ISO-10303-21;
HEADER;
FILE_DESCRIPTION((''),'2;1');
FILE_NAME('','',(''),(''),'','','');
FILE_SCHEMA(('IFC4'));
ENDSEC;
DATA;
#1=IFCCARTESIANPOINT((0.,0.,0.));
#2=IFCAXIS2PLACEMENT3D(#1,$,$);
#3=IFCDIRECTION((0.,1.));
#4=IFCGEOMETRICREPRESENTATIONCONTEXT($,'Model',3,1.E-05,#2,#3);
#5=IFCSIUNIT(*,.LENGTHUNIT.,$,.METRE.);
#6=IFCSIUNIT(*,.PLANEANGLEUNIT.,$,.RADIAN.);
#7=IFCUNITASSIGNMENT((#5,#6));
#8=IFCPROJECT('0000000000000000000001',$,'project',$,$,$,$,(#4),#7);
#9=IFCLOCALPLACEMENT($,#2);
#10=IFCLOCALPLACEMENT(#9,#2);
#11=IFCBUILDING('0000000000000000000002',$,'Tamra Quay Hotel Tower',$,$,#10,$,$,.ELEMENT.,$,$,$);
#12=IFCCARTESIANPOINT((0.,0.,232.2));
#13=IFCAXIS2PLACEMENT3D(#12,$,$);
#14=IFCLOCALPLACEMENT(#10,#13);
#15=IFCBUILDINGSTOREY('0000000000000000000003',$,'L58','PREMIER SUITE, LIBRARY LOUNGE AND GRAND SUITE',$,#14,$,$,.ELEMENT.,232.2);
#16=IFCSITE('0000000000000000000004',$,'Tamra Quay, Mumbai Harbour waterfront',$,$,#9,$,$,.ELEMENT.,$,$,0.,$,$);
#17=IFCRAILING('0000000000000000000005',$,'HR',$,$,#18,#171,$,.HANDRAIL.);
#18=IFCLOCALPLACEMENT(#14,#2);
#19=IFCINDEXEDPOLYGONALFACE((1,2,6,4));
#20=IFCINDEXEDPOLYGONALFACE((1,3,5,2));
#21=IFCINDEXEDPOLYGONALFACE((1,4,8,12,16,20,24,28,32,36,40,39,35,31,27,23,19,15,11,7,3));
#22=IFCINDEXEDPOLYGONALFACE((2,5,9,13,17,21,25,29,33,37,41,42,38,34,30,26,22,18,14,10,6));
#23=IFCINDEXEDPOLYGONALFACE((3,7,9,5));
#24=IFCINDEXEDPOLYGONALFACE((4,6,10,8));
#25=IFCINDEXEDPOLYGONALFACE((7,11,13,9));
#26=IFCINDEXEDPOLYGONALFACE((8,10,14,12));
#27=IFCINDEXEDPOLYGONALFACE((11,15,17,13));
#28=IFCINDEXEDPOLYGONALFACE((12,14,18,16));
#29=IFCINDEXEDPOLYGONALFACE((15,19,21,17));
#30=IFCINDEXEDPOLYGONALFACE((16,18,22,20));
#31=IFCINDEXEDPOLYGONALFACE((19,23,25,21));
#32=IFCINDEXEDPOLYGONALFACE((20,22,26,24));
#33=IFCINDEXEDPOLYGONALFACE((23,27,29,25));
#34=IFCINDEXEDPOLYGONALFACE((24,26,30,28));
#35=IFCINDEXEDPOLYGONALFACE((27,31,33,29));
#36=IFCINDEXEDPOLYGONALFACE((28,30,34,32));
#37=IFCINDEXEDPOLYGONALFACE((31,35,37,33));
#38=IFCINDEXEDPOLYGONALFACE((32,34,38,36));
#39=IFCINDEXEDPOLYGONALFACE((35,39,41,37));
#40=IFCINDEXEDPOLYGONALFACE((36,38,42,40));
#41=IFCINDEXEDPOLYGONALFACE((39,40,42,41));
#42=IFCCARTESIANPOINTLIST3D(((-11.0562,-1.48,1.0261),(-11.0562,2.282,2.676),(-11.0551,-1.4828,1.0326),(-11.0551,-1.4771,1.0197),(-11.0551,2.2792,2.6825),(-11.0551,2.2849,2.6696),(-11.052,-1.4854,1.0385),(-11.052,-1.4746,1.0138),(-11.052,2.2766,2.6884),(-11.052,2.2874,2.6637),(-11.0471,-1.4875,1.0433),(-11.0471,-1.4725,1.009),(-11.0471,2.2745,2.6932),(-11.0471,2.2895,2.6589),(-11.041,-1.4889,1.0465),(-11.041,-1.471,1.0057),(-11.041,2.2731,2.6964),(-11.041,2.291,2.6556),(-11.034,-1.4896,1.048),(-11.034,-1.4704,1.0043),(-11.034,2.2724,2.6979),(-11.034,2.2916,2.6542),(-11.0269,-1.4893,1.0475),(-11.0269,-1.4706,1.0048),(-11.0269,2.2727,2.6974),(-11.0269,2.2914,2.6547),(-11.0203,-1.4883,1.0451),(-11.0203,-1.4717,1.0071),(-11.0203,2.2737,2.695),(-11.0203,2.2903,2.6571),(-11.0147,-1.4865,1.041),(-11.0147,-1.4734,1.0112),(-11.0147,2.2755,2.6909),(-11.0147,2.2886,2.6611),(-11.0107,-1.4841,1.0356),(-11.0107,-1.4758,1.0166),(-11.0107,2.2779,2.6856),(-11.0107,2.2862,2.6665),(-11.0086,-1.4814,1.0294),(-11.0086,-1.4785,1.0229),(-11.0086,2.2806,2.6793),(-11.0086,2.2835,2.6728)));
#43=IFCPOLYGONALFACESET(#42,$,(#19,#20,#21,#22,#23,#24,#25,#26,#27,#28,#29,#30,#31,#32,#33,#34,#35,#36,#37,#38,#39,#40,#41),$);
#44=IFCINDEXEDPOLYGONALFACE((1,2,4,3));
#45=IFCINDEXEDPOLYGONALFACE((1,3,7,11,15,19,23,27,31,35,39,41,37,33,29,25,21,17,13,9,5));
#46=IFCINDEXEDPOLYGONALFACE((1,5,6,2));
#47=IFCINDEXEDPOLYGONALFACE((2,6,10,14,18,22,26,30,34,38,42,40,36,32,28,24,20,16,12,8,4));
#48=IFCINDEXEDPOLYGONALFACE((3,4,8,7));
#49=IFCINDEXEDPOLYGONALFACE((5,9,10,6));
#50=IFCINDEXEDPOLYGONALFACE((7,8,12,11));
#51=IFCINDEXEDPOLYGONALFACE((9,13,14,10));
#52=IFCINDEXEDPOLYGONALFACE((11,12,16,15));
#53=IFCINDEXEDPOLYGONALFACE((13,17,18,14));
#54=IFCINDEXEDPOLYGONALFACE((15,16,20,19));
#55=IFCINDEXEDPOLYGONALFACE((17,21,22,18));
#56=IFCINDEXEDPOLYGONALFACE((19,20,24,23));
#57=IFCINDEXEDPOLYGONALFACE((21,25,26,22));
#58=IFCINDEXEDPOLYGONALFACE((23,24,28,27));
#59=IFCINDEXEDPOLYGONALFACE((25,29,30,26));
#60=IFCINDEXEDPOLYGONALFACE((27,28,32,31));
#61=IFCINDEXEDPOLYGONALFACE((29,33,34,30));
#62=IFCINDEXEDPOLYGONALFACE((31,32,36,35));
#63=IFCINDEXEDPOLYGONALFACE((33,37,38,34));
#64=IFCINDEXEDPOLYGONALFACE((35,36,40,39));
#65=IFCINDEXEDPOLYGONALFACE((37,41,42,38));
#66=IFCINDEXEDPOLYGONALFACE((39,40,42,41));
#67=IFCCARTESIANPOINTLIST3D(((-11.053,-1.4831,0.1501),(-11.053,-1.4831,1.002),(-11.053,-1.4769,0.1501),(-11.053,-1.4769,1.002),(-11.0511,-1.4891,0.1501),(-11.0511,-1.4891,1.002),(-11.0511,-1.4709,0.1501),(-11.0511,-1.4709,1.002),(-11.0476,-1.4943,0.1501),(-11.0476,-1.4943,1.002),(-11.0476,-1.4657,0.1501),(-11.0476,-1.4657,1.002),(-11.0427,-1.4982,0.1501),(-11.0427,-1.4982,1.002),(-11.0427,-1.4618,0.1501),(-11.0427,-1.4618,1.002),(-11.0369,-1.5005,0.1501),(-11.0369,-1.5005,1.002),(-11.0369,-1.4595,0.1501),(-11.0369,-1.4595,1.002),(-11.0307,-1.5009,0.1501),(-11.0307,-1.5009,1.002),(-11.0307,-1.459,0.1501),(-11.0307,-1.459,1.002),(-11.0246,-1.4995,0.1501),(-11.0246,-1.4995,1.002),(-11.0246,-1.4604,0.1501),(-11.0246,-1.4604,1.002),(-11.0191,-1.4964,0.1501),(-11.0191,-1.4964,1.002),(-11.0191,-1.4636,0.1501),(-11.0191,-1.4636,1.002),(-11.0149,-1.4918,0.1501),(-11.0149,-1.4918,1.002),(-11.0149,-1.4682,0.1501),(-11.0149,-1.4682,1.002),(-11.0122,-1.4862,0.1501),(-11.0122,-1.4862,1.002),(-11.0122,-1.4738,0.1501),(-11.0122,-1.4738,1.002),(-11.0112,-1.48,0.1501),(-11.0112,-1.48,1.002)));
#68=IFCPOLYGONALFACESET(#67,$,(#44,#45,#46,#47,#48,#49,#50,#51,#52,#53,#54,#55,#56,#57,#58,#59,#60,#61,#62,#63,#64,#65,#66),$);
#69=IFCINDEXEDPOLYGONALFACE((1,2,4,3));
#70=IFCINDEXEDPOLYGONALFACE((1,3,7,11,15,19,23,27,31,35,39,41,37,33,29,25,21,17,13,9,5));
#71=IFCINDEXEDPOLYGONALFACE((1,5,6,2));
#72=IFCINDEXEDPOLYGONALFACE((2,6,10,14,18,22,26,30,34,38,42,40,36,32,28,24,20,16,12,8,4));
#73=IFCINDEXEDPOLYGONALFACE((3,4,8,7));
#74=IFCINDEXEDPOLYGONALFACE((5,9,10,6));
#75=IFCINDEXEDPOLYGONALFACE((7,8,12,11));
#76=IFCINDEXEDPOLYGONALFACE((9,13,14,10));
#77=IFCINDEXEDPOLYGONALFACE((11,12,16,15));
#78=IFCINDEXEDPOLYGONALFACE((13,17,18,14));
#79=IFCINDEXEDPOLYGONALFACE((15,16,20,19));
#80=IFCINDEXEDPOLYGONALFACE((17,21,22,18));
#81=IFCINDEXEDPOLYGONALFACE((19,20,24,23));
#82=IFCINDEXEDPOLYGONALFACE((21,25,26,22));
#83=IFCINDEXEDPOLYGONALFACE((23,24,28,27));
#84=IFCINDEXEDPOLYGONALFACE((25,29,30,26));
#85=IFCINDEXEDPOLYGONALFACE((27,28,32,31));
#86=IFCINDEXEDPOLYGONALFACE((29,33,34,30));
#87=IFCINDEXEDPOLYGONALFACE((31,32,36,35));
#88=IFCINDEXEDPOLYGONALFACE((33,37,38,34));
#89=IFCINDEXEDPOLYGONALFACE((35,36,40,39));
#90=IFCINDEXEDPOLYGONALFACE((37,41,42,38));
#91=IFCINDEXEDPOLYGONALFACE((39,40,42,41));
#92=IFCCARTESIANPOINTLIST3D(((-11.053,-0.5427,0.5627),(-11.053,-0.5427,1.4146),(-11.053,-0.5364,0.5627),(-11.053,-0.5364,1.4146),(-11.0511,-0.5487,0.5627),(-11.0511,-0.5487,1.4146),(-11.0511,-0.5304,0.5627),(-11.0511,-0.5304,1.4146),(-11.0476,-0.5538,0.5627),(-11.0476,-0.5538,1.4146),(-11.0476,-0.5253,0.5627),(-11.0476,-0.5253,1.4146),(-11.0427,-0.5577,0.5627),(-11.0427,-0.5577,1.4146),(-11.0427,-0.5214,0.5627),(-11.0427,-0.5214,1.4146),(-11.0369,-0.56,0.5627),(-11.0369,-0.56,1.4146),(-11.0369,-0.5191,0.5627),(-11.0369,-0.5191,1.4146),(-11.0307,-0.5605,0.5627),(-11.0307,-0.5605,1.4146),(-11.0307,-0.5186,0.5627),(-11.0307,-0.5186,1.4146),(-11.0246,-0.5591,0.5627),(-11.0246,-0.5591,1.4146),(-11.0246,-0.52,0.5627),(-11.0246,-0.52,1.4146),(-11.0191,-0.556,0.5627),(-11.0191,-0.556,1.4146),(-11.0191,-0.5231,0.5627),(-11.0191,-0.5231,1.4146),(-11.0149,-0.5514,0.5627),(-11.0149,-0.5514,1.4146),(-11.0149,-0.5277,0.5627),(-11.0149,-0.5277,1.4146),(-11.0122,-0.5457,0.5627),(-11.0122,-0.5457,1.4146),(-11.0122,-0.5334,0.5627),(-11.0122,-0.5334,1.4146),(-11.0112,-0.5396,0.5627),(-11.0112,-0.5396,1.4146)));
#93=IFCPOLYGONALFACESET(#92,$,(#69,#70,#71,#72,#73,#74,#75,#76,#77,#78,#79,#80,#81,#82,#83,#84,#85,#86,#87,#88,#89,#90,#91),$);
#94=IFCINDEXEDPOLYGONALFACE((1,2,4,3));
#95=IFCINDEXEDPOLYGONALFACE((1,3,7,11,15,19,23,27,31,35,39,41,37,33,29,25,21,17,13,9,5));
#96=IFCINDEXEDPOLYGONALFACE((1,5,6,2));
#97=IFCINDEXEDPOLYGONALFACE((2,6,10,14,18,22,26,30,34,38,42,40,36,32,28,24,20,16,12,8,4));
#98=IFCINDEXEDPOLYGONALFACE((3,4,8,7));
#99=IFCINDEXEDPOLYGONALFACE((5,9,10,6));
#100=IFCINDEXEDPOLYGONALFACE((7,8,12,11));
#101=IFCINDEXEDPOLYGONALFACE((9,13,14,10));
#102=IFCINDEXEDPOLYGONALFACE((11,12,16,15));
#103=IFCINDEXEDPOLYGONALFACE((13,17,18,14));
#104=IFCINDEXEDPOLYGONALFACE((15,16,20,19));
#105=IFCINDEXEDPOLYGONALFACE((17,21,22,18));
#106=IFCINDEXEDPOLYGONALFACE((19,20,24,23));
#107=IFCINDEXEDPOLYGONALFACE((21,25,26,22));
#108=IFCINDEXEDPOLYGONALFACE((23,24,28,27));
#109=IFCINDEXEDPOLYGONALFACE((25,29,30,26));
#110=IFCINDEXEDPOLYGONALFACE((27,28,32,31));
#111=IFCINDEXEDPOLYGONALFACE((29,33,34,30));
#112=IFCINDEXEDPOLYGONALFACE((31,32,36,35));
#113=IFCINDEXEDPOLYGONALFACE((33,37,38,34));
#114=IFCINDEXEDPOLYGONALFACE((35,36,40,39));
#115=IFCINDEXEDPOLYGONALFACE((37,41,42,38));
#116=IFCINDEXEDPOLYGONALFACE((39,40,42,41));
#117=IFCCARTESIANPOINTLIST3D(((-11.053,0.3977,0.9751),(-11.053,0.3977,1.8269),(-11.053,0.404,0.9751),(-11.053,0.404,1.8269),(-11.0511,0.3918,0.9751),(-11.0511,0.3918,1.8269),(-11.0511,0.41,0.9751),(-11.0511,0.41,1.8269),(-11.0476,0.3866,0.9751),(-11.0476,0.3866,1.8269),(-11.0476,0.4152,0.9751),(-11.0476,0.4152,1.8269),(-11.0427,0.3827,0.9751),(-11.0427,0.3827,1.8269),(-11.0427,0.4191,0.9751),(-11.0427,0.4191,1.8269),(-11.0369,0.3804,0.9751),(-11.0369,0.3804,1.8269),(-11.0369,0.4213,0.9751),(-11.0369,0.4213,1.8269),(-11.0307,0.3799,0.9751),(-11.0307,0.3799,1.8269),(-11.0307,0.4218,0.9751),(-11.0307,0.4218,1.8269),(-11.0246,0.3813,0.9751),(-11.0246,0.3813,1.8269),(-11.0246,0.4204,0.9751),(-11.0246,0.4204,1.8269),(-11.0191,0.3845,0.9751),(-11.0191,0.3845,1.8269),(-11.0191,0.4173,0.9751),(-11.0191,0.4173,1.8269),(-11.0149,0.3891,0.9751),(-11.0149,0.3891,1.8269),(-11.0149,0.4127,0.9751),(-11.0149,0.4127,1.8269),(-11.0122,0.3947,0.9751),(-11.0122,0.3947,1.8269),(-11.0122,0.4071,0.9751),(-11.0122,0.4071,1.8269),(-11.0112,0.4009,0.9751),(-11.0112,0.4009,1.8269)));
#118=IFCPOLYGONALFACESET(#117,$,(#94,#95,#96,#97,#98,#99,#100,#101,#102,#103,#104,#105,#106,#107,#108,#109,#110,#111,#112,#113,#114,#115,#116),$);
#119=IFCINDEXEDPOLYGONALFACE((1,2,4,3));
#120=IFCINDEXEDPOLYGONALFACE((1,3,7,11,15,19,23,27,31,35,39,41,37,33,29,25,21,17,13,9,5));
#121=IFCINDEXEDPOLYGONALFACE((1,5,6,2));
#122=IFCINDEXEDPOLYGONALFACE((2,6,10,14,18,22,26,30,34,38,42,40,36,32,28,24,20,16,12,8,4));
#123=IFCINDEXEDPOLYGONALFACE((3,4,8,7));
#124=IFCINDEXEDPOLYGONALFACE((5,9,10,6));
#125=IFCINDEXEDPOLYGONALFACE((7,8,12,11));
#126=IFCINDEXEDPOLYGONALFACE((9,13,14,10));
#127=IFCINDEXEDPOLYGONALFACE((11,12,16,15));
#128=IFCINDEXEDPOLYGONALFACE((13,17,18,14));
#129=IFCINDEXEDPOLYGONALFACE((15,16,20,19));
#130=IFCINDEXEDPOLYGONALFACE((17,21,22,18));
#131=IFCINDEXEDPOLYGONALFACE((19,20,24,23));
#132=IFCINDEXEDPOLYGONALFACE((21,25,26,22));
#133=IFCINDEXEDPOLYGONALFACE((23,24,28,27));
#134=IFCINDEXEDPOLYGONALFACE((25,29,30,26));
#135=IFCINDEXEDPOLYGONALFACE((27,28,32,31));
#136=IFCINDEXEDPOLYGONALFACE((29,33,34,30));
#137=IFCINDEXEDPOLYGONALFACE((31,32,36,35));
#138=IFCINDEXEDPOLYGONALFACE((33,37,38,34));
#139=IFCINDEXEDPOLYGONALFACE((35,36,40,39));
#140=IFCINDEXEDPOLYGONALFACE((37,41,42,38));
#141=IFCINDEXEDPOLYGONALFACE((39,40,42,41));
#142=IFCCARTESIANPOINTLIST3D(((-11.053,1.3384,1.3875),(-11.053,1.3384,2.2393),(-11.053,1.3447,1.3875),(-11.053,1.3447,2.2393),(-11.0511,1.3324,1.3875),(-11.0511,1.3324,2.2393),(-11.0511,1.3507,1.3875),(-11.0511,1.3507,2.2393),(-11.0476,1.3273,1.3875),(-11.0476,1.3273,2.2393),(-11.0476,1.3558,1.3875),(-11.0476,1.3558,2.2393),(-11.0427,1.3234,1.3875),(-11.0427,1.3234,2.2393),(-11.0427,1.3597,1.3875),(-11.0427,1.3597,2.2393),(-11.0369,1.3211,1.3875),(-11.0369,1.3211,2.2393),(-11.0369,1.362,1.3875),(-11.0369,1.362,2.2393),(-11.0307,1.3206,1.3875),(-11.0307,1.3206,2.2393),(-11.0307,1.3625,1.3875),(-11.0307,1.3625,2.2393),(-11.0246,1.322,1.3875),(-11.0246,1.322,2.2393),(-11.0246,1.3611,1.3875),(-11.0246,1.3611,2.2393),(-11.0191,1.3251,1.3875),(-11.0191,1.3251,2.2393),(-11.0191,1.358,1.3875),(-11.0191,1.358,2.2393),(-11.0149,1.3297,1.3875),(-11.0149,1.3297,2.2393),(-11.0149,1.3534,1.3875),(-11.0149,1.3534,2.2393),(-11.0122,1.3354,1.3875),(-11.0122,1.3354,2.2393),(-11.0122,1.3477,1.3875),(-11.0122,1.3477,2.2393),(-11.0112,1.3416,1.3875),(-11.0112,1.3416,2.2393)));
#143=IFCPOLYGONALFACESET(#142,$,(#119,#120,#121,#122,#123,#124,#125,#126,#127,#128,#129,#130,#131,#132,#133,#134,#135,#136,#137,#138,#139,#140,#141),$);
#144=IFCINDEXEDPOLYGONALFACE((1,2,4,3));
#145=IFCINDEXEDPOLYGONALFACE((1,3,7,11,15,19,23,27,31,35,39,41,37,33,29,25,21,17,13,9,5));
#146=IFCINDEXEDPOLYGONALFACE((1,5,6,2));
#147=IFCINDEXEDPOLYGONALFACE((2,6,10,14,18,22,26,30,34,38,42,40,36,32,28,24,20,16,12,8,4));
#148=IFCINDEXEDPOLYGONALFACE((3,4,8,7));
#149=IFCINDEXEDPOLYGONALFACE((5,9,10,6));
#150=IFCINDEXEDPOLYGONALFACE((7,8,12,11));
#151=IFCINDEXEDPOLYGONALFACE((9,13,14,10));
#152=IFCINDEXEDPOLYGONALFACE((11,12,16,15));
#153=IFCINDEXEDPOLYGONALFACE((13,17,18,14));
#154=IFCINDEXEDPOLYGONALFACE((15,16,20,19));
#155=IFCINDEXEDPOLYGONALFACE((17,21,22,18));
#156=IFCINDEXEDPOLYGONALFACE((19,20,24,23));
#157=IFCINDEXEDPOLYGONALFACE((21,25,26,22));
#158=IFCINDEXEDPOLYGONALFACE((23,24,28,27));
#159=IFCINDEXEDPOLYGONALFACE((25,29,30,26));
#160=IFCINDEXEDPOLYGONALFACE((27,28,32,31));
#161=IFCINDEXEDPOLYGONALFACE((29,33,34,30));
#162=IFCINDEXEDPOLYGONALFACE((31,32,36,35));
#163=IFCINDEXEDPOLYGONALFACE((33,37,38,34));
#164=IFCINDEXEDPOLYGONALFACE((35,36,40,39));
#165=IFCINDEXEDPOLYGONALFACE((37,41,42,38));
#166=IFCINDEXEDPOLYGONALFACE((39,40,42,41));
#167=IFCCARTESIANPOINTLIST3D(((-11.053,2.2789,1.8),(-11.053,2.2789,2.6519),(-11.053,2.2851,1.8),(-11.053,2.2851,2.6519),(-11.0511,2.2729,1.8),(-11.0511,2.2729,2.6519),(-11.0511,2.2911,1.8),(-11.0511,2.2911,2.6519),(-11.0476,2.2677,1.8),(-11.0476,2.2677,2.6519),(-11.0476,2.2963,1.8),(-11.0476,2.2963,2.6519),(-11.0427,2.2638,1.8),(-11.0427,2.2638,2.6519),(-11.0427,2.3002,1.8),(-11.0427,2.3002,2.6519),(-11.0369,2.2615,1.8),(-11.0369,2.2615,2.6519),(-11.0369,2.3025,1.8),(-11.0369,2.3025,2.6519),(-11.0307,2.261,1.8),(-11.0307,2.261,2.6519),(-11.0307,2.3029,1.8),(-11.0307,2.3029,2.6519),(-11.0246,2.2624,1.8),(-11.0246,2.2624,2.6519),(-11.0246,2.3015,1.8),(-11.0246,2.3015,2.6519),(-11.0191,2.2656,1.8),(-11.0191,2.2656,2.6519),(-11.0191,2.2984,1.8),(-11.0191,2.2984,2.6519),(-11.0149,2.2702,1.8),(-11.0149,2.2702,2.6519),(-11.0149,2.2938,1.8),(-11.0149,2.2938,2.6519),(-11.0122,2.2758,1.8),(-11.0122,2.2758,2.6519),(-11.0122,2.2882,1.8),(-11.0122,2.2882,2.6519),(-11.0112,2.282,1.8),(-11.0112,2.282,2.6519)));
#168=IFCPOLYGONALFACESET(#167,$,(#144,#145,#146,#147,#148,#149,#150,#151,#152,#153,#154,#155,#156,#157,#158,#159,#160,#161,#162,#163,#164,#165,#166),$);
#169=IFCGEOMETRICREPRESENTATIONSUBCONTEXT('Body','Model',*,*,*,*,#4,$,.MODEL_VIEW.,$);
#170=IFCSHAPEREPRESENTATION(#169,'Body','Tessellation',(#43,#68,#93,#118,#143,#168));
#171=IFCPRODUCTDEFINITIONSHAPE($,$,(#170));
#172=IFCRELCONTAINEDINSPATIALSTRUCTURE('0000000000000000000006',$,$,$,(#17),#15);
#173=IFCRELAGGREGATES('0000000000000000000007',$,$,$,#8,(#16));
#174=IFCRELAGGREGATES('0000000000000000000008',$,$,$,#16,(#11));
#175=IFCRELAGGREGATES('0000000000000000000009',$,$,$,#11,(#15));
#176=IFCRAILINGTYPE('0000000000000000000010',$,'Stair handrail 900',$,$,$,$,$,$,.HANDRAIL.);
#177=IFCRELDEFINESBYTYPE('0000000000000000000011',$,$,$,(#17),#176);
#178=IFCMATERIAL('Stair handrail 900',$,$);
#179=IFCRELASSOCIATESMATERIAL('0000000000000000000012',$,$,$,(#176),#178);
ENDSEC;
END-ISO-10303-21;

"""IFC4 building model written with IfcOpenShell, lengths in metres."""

from ifc_helpers import new_model, si_unit, direction, frame, origin, origin_2d, place, context, subcontext, project, spatial, circle, extrude, material, type_object, element, save


model = new_model("IFC4")

# Units and contexts
model_context = context("Model", 3, precision=1e-05, world=origin(), true_north=direction((0.0, 1.0)))
body_context = subcontext(model_context, "Body", "Model", "MODEL_VIEW")
ifc_project = project(units=[si_unit("LENGTHUNIT", "METRE"), si_unit("PLANEANGLEUNIT", "RADIAN")], contexts=[model_context])

# Site, building, storey
site_placement = place(None, origin())
site = spatial("IfcSite", under=ifc_project, at=site_placement, Name="Tamra Quay, Mumbai Harbour waterfront", CompositionType="ELEMENT", RefElevation=0.0)
building_placement = place(site_placement, origin())
building = spatial("IfcBuilding", under=site, at=building_placement, Name="Tamra Quay Hotel Tower", CompositionType="ELEMENT")
storey_placement = place(building_placement, frame((0.0, 0.0, 232.2)))
storey = spatial("IfcBuildingStorey", under=building, at=storey_placement, Name="L58", Description="PREMIER SUITE, LIBRARY LOUNGE AND GRAND SUITE", CompositionType="ELEMENT", Elevation=232.2)

# Railing
ifc_material_1 = material(Name="Stair handrail 900")
railing_type = type_object("IfcRailingType", Name="Stair handrail 900", PredefinedType="HANDRAIL", material=ifc_material_1)
railing_placement = place(storey_placement, frame((-11.0322, -1.48, 0.1501)))
element("IfcRailing", 1, at=railing_placement, inside=storey, type_object=railing_type, Name="HR", PredefinedType="HANDRAIL", context=body_context, shape_type="SweptSolid", body=[
    extrude(circle(Radius=0.0239, at=origin_2d()), frame((0.0, 0.0, 0.876), z_axis=(0.0, 0.915795, 0.401645), x_axis=(-1.0, 0.0, 0.0)), (0.0, 0.0, 1.0), 4.1079),
    extrude(circle(Radius=0.021, at=origin_2d()), origin(), (0.0, 0.0, 1.0), 0.8518),
    extrude(circle(Radius=0.021, at=origin_2d()), frame((0.0, 0.9404, 0.4126)), (0.0, 0.0, 1.0), 0.8518),
    extrude(circle(Radius=0.021, at=origin_2d()), frame((0.0, 1.8809, 0.825)), (0.0, 0.0, 1.0), 0.8518),
    extrude(circle(Radius=0.021, at=origin_2d()), frame((0.0, 2.8215, 1.2373)), (0.0, 0.0, 1.0), 0.8518),
    extrude(circle(Radius=0.021, at=origin_2d()), frame((0.0, 3.762, 1.6499)), (0.0, 0.0, 1.0), 0.8518),
])

save(model, "model.ifc")
